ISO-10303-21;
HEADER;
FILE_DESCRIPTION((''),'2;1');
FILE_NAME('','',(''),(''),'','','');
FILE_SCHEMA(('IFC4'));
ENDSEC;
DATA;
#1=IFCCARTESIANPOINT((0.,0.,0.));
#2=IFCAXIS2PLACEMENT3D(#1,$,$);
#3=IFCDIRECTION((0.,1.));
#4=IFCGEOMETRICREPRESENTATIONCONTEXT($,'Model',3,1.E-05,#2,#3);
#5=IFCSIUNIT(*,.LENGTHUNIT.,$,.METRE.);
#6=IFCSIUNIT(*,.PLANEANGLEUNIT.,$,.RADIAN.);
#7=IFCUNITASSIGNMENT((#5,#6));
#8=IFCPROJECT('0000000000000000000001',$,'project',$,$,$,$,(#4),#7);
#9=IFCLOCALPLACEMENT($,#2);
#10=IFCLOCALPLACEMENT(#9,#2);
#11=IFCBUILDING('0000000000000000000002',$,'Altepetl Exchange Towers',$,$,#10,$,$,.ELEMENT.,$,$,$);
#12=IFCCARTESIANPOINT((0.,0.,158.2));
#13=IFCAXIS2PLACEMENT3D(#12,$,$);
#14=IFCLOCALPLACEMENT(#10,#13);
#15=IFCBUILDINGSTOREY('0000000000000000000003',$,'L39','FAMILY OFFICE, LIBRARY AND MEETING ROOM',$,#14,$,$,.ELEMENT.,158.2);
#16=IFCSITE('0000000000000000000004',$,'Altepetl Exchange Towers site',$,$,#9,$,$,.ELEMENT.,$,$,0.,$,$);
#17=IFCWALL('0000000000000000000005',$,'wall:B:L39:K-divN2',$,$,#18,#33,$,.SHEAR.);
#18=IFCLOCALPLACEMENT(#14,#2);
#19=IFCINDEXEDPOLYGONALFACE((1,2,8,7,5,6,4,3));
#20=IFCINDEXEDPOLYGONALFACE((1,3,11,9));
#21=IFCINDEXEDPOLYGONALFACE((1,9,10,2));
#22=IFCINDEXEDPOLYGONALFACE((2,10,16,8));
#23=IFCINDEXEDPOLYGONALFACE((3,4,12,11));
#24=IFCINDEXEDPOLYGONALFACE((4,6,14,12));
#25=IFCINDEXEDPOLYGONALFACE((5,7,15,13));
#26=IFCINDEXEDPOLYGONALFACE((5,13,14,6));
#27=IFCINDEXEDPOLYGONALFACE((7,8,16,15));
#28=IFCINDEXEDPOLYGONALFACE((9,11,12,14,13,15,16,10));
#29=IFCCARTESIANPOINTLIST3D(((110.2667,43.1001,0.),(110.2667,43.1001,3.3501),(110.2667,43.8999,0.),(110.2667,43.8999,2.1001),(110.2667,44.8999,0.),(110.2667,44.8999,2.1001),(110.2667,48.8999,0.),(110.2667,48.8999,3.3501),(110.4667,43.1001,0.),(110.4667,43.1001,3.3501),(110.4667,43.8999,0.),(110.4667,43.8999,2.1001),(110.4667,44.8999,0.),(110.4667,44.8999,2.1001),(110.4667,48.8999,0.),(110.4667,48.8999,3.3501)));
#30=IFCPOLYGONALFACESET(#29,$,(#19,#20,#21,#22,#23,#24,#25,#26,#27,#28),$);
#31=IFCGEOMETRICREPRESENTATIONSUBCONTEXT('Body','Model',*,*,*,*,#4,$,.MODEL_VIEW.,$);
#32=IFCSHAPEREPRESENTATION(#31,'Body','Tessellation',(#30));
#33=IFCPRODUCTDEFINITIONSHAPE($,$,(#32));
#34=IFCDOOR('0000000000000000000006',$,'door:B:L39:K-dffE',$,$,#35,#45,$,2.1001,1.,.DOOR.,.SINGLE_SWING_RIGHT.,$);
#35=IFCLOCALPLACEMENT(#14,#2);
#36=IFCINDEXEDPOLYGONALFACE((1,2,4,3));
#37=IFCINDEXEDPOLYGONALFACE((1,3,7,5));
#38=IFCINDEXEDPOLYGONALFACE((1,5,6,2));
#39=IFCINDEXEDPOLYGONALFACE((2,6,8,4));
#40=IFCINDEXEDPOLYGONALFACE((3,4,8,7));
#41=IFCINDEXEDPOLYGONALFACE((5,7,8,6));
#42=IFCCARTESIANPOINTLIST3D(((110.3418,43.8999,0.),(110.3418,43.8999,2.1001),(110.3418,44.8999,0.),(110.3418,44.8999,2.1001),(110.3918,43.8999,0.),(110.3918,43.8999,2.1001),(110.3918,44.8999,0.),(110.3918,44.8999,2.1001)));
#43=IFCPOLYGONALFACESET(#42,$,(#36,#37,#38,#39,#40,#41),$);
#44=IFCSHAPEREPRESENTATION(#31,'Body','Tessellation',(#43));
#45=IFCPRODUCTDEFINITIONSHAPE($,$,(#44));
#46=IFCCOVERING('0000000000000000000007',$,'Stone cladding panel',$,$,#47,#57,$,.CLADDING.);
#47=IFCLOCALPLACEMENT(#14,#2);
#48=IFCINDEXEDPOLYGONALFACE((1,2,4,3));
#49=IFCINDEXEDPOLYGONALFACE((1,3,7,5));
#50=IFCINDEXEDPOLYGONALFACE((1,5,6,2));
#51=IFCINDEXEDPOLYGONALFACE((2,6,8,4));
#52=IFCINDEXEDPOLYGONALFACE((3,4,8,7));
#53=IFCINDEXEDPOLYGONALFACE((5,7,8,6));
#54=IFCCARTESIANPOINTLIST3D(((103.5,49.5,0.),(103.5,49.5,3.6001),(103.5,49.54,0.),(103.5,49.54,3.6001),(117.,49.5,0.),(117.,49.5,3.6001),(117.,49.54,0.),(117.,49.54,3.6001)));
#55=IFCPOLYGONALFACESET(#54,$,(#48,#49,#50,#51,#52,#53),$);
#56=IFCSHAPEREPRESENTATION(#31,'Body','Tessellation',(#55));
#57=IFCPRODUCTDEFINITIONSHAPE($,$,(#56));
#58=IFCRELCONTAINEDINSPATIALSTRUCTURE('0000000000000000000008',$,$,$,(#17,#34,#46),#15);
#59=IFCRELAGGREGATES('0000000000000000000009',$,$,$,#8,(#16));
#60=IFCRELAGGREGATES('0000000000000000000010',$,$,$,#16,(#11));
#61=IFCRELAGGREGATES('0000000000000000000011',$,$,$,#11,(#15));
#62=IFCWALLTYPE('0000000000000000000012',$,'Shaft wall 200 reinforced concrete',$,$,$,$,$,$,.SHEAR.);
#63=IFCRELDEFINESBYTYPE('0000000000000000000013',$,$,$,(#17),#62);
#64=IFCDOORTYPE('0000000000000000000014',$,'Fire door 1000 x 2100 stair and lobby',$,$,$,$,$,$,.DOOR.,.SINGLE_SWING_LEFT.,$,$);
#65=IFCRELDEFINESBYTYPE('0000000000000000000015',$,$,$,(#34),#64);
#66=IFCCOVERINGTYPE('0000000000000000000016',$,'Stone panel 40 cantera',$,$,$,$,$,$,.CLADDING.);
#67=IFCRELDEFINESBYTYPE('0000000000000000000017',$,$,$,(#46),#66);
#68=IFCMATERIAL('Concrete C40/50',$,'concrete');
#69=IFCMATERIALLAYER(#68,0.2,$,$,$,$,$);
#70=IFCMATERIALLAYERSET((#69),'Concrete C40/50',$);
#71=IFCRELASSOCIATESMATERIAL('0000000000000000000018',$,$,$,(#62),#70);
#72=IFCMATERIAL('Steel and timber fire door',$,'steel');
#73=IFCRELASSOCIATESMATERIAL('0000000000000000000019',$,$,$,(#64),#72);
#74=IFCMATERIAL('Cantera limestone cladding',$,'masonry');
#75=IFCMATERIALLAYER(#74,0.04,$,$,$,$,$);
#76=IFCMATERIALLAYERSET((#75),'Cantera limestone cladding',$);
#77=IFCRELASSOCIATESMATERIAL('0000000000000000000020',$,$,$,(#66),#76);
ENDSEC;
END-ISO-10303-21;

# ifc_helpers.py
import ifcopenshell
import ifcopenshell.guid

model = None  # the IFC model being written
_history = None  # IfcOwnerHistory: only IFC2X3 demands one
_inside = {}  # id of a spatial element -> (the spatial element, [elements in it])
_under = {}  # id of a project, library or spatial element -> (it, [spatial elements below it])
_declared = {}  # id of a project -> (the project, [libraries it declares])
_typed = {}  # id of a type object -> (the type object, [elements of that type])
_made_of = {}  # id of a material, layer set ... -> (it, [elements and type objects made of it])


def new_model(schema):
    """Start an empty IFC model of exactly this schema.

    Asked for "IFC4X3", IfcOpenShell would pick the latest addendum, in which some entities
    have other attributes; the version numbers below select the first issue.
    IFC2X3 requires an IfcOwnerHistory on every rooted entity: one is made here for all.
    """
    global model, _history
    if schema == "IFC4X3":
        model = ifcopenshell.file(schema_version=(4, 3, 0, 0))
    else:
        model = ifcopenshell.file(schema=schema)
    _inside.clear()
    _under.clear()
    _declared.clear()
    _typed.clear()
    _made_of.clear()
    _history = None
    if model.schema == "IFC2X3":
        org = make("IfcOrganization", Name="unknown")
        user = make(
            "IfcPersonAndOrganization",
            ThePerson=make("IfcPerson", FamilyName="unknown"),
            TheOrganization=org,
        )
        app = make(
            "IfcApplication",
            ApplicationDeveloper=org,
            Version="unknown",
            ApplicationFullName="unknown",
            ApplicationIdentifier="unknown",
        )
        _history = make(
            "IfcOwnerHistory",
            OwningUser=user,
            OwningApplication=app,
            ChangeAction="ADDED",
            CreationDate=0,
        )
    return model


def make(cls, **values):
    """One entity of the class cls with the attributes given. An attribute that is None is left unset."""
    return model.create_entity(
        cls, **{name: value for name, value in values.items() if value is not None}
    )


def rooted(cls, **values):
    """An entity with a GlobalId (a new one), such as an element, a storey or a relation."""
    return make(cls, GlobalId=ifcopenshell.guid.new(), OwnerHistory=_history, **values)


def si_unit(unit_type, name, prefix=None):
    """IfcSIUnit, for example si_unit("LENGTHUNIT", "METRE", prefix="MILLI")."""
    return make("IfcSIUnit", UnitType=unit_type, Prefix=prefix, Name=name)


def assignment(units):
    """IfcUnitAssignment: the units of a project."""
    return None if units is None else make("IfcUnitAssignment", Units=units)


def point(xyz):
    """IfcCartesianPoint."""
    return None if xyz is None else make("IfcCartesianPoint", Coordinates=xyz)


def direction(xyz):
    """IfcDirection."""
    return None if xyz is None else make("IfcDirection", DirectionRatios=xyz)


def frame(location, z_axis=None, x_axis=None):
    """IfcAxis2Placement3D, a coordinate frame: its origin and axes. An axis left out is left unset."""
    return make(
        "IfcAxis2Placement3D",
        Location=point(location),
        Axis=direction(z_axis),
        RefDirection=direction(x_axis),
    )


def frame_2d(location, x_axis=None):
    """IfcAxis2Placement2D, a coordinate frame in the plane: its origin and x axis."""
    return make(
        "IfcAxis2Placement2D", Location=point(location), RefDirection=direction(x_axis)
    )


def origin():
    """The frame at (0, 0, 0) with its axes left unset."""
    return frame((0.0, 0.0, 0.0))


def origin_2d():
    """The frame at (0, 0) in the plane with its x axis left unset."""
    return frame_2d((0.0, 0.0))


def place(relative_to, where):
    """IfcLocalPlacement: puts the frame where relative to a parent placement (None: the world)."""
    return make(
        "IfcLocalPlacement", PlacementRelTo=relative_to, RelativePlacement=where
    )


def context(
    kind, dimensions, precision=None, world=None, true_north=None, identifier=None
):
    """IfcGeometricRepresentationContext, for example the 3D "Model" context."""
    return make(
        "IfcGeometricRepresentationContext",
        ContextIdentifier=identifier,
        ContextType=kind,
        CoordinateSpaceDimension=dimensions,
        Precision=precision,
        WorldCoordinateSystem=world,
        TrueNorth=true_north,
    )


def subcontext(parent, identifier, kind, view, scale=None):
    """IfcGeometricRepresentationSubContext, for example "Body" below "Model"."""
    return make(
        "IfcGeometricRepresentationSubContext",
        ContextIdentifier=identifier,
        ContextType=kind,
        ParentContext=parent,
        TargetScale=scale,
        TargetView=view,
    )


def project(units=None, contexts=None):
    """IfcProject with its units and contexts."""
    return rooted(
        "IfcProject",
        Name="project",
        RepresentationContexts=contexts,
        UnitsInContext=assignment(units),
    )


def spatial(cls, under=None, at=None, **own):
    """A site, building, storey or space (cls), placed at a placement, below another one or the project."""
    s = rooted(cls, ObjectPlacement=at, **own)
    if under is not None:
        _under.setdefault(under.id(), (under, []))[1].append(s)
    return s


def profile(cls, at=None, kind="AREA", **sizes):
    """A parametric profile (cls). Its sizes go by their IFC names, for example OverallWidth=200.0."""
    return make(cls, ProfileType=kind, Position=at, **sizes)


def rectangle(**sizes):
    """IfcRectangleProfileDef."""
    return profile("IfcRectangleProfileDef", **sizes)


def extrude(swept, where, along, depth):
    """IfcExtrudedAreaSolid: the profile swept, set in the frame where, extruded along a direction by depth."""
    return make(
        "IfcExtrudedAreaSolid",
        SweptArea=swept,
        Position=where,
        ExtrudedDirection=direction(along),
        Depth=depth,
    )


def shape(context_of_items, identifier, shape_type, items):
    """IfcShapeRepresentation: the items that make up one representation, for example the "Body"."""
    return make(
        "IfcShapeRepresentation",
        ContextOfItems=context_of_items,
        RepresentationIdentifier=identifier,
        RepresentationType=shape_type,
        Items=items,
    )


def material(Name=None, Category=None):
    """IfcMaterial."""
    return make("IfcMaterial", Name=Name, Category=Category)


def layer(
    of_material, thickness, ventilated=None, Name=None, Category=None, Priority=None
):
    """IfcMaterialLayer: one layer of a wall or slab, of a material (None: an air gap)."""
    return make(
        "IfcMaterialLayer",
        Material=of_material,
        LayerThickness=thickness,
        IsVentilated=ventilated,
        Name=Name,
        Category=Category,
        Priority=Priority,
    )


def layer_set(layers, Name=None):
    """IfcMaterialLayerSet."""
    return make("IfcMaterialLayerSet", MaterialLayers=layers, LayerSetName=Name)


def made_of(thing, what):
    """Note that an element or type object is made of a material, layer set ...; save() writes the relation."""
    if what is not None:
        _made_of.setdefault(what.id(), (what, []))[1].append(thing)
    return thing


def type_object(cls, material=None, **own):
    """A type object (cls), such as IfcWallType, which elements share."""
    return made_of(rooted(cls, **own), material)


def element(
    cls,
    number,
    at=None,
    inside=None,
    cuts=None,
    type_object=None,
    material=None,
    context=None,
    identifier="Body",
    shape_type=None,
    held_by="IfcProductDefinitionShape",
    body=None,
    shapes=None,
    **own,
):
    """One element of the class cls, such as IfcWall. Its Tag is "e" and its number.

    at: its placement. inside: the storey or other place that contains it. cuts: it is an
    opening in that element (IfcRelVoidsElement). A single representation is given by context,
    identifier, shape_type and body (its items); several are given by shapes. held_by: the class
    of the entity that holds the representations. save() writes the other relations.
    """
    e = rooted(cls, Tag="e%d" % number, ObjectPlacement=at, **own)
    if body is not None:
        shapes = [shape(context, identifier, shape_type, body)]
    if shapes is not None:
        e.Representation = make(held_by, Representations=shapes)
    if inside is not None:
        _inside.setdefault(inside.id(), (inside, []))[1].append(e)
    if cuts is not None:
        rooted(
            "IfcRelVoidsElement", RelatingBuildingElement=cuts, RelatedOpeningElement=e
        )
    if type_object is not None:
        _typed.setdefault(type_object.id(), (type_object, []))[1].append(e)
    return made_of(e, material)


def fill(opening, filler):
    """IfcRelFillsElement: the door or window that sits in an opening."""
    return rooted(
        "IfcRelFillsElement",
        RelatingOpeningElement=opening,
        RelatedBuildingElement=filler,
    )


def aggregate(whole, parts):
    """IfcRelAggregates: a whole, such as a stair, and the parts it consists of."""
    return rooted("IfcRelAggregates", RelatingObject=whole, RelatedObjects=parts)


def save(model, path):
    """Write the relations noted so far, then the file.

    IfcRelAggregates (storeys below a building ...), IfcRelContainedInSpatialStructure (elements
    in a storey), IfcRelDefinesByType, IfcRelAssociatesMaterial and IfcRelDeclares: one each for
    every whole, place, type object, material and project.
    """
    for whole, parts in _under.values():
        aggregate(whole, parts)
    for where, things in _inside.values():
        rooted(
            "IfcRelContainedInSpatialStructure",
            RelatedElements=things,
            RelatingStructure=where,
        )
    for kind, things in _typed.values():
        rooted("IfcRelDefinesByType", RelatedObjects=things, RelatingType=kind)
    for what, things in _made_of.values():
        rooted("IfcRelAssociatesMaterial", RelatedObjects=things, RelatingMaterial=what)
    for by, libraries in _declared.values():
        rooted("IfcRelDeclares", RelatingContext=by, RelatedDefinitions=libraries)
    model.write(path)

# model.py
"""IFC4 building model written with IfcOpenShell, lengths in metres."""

from ifc_helpers import new_model, si_unit, direction, frame, frame_2d, origin, origin_2d, place, context, subcontext, project, spatial, rectangle, extrude, material, layer, layer_set, type_object, element, fill, save


model = new_model("IFC4")

# Units and contexts
model_context = context("Model", 3, precision=1e-05, world=origin(), true_north=direction((0.0, 1.0)))
body_context = subcontext(model_context, "Body", "Model", "MODEL_VIEW")
ifc_project = project(units=[si_unit("LENGTHUNIT", "METRE"), si_unit("PLANEANGLEUNIT", "RADIAN")], contexts=[model_context])

# Site, building, storey
site_placement = place(None, origin())
site = spatial("IfcSite", under=ifc_project, at=site_placement, Name="Altepetl Exchange Towers site", CompositionType="ELEMENT", RefElevation=0.0)
building_placement = place(site_placement, origin())
building = spatial("IfcBuilding", under=site, at=building_placement, Name="Altepetl Exchange Towers", CompositionType="ELEMENT")
storey_placement = place(building_placement, frame((0.0, 0.0, 158.2)))
storey = spatial("IfcBuildingStorey", under=building, at=storey_placement, Name="L39", Description="FAMILY OFFICE, LIBRARY AND MEETING ROOM", CompositionType="ELEMENT", Elevation=158.2)

# Shared definitions
ifc_material_1 = material(Name="Concrete C40/50", Category="concrete")
ifc_layer_1 = layer(ifc_material_1, 0.2)
ifc_layer_set_1 = layer_set([ifc_layer_1], Name="Concrete C40/50")
wall_type_1 = type_object("IfcWallType", Name="Shaft wall 200 reinforced concrete", PredefinedType="SHEAR", material=ifc_layer_set_1)

# Wall, opening, door
wall_1_placement = place(storey_placement, frame((110.3667, 48.8999, 0.0), z_axis=(0.0, 0.0, 1.0), x_axis=(0.0, -1.0, 0.0)))
wall_1 = element("IfcWall", 1, at=wall_1_placement, inside=storey, type_object=wall_type_1, Name="wall:B:L39:K-divN2", PredefinedType="SHEAR", context=body_context, shape_type="SweptSolid", body=[
    extrude(rectangle(XDim=5.7998, YDim=0.2, at=frame_2d((2.8999, 0.0))), origin(), (0.0, 0.0, 1.0), 3.3501),
])
opening_placement = place(wall_1_placement, frame((4.0, 0.0, 0.0)))
opening = element("IfcOpeningElement", 2, at=opening_placement, cuts=wall_1, PredefinedType="OPENING", context=body_context, shape_type="SweptSolid", body=[
    extrude(rectangle(XDim=1.0, YDim=2.1001, at=frame_2d((0.5, 1.05))), frame((0.0, 0.1099, 0.0), z_axis=(0.0, -1.0, 0.0), x_axis=(1.0, 0.0, 0.0)), (0.0, 0.0, 1.0), 0.22),
])
ifc_material_2 = material(Name="Steel and timber fire door", Category="steel")
door_type = type_object("IfcDoorType", Name="Fire door 1000 x 2100 stair and lobby", OperationType="SINGLE_SWING_LEFT", PredefinedType="DOOR", material=ifc_material_2)
door_placement = place(opening_placement, frame((1.0, 0.0, 0.0), x_axis=(-1.0, 0.0, 0.0)))
door = element("IfcDoor", 3, at=door_placement, inside=storey, type_object=door_type, Name="door:B:L39:K-dffE", OperationType="SINGLE_SWING_RIGHT", OverallHeight=2.1001, OverallWidth=1.0, PredefinedType="DOOR", context=body_context, shape_type="SweptSolid", body=[
    extrude(rectangle(XDim=1.0, YDim=2.1001, at=frame_2d((0.5, 1.05))), frame((0.0, 0.0249, 0.0), z_axis=(0.0, -1.0, 0.0), x_axis=(1.0, 0.0, 0.0)), (0.0, 0.0, 1.0), 0.05),
])
fill(opening, door)

# Covering
ifc_material_3 = material(Name="Cantera limestone cladding", Category="masonry")
ifc_layer_2 = layer(ifc_material_3, 0.04)
ifc_layer_set_2 = layer_set([ifc_layer_2], Name="Cantera limestone cladding")
covering_type = type_object("IfcCoveringType", Name="Stone panel 40 cantera", PredefinedType="CLADDING", material=ifc_layer_set_2)
covering_placement = place(storey_placement, frame((110.25, 49.52, 0.0), z_axis=(0.0, 0.0, 1.0), x_axis=(-1.0, 0.0, 0.0)))
element("IfcCovering", 4, at=covering_placement, inside=storey, type_object=covering_type, Name="Stone cladding panel", PredefinedType="CLADDING", context=body_context, shape_type="SweptSolid", body=[
    extrude(rectangle(XDim=13.5, YDim=0.04, at=origin_2d()), origin(), (0.0, 0.0, 1.0), 3.6001),
])

save(model, "model.ifc")
